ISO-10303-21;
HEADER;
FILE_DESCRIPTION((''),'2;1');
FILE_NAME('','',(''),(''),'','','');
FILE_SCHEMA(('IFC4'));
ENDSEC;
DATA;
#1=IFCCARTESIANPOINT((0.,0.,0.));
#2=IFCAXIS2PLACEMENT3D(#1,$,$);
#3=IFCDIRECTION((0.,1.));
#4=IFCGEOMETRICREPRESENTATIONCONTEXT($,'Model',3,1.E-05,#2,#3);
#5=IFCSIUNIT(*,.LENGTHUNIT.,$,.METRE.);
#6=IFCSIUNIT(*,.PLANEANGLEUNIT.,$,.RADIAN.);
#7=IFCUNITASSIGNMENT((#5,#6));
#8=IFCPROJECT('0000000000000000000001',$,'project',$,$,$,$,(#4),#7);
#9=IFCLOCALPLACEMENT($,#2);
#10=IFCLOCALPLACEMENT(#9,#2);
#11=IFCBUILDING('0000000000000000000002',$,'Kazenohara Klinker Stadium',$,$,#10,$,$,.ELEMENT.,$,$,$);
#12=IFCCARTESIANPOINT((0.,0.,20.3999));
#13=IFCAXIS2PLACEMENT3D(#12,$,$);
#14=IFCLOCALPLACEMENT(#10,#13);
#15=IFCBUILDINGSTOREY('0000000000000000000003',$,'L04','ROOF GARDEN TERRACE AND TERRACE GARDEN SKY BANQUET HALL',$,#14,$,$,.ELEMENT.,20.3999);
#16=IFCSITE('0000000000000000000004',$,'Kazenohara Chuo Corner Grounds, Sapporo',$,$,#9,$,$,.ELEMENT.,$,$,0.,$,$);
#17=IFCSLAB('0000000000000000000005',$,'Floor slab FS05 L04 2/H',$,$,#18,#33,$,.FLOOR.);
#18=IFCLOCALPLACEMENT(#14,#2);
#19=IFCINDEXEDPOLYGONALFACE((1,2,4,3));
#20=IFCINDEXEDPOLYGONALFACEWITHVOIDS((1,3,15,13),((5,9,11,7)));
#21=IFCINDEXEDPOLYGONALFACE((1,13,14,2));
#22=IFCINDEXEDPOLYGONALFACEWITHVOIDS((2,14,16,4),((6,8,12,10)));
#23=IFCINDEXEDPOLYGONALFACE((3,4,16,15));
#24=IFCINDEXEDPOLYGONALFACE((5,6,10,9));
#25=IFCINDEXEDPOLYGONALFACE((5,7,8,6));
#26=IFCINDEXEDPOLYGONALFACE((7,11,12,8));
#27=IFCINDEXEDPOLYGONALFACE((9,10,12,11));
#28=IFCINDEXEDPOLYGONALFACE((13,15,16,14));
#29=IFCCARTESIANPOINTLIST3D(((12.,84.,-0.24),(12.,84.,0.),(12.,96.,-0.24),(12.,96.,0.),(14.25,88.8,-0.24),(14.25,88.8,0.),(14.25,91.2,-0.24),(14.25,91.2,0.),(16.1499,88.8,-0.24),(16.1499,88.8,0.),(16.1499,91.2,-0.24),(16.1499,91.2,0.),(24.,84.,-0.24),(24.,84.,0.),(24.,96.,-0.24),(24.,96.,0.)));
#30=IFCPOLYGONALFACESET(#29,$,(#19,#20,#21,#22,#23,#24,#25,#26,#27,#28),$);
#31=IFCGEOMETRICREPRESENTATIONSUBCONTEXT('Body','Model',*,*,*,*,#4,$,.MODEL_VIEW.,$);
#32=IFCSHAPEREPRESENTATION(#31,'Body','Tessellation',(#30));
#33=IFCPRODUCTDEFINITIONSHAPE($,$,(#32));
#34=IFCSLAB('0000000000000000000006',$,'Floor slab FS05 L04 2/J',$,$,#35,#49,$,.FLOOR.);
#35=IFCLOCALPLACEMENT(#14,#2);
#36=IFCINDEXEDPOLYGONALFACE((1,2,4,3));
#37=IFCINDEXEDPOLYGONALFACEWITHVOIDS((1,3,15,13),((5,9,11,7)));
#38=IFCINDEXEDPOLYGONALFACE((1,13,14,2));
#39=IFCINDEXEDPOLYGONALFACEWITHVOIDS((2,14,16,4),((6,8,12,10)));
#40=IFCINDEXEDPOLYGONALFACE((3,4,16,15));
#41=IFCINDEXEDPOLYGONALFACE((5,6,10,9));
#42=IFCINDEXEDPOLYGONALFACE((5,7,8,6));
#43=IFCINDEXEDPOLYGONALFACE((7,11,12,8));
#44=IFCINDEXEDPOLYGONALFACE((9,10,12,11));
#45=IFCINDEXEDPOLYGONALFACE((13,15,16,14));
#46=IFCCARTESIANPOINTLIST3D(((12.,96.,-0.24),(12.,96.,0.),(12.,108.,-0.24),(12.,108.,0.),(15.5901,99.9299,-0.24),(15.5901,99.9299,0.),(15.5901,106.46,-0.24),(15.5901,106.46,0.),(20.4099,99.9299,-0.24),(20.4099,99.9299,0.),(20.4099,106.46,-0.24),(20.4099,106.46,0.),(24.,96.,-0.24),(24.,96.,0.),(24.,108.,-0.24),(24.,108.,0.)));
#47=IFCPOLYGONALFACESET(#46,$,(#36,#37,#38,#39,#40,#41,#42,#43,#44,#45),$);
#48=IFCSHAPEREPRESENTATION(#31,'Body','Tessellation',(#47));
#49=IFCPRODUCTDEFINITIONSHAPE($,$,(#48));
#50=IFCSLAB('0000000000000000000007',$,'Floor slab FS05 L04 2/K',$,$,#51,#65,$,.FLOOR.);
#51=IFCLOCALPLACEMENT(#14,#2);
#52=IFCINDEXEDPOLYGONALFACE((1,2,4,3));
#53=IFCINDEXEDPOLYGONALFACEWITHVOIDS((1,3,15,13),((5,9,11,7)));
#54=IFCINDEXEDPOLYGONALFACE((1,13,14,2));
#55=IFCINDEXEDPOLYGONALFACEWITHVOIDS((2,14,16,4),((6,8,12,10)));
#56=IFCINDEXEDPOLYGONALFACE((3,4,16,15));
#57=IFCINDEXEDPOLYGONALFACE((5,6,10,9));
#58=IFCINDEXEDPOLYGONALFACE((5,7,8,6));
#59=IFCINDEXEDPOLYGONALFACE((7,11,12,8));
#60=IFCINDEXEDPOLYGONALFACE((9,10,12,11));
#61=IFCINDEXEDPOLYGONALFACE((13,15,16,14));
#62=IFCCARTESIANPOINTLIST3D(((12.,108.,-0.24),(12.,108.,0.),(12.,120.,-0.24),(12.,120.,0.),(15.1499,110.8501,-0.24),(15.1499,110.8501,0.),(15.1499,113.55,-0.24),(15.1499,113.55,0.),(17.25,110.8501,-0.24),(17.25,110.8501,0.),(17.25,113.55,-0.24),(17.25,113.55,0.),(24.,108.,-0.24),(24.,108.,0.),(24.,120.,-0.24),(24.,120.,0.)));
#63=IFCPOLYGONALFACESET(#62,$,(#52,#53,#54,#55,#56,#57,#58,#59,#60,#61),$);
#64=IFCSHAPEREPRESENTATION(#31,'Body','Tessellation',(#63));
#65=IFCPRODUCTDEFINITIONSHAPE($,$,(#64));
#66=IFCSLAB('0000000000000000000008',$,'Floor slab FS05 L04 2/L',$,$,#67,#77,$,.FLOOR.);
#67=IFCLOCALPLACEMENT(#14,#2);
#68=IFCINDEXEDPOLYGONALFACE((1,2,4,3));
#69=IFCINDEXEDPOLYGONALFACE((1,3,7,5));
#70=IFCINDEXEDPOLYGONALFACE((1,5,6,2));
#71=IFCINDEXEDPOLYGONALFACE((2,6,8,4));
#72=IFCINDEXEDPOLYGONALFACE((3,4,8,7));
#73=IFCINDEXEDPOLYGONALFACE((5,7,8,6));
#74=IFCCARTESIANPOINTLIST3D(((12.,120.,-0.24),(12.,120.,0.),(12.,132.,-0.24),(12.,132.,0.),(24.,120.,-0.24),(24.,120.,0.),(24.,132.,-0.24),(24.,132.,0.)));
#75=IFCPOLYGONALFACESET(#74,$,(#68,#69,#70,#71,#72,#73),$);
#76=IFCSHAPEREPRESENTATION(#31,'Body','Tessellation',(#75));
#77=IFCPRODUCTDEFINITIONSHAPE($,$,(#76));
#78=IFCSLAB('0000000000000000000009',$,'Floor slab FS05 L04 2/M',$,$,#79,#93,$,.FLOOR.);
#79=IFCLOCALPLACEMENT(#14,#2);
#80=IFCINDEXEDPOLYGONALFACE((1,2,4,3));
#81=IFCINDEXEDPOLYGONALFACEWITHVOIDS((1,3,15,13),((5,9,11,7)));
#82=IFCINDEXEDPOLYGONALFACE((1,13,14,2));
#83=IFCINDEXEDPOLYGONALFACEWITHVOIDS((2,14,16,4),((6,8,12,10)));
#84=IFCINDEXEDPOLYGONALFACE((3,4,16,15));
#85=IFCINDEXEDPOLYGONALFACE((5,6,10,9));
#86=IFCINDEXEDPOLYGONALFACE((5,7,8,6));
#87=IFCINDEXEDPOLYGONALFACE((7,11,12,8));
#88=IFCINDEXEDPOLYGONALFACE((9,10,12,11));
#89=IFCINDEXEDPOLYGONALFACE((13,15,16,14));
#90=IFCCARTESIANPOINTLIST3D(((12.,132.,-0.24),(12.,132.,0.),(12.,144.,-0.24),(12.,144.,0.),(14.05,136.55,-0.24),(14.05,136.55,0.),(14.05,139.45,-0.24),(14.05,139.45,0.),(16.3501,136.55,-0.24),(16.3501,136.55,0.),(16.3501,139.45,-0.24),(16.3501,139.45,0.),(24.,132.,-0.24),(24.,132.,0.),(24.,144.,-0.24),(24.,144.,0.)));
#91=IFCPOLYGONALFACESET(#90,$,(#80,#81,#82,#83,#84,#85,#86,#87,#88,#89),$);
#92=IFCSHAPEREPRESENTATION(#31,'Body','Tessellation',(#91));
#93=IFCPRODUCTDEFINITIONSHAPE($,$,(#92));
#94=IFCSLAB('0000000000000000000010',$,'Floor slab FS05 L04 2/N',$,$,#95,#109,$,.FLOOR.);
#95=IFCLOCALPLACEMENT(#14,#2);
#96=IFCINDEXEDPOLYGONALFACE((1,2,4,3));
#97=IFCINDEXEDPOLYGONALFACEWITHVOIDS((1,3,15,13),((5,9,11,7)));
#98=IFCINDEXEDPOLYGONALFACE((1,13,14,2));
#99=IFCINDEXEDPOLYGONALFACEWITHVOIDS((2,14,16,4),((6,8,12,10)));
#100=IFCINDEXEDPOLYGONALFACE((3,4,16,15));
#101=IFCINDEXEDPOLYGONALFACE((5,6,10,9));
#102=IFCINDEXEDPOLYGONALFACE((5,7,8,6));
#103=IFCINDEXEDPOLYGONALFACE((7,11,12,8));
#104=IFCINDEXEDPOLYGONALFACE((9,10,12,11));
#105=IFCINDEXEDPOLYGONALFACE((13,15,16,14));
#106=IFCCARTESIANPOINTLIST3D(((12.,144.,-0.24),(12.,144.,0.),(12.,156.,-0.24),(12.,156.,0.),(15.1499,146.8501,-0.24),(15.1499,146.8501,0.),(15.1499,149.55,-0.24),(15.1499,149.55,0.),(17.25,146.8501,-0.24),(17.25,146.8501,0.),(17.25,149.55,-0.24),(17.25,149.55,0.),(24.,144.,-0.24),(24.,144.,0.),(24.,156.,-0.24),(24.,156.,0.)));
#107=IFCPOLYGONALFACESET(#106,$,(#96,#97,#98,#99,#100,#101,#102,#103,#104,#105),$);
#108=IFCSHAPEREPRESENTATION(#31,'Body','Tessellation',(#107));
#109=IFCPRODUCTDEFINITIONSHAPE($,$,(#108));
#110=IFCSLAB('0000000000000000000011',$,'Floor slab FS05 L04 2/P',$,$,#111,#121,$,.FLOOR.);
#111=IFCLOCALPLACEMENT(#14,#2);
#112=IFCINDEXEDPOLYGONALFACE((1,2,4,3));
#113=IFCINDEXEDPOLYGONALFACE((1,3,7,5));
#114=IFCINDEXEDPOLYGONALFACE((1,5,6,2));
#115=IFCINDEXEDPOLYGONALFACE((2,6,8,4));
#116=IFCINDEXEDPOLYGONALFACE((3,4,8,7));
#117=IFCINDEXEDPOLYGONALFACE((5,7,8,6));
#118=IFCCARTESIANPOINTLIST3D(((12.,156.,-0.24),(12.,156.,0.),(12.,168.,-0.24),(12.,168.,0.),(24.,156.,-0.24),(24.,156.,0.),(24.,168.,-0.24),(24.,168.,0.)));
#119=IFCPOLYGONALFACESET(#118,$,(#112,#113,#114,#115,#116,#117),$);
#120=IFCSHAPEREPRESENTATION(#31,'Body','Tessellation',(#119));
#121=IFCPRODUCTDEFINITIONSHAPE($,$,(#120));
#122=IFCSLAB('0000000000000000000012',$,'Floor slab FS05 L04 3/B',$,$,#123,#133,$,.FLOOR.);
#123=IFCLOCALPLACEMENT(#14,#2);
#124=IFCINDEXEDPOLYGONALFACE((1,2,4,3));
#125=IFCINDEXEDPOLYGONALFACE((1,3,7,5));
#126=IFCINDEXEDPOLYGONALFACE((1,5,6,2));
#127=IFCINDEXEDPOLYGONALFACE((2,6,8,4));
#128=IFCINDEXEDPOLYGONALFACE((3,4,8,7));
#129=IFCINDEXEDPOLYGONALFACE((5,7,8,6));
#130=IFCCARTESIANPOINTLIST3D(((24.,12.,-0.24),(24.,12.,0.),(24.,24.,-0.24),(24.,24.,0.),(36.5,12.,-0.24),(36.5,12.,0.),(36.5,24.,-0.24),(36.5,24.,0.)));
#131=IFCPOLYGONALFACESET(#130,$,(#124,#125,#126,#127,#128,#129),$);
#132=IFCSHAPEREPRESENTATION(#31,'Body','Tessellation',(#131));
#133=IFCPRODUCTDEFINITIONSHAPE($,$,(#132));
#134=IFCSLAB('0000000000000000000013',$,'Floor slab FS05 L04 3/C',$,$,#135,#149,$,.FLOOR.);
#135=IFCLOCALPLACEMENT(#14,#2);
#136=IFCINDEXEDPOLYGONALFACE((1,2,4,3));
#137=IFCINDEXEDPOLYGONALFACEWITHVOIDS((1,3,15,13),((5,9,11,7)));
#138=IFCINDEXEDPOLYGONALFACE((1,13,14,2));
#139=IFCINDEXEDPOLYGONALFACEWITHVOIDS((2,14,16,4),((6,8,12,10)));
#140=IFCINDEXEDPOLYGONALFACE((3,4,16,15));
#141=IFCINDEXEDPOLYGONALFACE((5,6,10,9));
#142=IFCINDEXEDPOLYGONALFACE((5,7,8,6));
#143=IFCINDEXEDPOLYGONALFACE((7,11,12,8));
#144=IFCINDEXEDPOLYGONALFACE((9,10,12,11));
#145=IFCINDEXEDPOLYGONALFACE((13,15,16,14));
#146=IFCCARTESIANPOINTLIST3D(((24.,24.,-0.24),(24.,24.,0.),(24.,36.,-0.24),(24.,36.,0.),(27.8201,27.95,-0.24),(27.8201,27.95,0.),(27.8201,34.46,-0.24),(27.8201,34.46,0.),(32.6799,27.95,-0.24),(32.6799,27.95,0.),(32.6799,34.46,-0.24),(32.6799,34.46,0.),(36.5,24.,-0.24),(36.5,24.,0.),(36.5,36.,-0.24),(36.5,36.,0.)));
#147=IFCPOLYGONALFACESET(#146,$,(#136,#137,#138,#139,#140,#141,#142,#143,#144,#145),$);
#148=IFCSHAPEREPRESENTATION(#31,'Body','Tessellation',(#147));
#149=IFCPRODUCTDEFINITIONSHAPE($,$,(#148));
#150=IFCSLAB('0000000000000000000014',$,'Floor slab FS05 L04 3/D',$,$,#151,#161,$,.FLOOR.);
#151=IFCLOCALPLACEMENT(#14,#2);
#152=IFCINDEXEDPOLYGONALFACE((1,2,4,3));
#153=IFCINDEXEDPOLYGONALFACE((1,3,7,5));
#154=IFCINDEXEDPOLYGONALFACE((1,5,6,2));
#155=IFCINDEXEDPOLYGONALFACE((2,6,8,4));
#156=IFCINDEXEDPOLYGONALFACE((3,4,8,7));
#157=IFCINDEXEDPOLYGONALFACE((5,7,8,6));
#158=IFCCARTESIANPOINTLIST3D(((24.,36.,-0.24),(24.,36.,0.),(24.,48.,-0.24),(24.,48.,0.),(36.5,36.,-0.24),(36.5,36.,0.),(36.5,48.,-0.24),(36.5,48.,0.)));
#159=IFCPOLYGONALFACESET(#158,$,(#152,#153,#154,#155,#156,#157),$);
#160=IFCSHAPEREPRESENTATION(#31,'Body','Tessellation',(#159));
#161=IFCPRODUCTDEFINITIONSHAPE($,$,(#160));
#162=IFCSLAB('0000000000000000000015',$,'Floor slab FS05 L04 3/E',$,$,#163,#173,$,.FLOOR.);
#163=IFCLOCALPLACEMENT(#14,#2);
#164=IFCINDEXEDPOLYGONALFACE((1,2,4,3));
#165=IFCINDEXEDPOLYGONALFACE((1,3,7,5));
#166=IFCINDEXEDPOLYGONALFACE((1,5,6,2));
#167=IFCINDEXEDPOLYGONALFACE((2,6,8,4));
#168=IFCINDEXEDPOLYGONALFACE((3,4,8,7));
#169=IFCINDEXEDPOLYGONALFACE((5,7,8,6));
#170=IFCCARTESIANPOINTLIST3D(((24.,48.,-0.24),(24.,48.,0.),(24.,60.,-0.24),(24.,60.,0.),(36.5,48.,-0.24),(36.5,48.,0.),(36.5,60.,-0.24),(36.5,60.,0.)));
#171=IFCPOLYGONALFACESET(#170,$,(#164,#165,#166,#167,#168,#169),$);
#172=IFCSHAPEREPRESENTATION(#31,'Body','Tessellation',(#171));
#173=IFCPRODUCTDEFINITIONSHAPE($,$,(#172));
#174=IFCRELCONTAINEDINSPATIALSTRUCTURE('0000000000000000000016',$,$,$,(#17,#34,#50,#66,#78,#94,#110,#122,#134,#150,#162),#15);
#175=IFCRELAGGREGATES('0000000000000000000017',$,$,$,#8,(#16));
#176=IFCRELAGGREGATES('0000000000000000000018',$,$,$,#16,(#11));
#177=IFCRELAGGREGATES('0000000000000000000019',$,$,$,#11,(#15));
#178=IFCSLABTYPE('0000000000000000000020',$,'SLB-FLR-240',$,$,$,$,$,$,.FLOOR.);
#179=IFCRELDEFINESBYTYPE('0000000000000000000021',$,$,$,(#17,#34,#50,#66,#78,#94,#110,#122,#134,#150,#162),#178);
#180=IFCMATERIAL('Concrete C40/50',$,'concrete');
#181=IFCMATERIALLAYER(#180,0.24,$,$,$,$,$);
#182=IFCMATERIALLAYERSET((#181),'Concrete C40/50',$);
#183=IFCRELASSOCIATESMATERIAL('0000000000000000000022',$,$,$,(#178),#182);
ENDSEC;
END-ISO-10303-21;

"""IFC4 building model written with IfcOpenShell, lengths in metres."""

from ifc_helpers import new_model, si_unit, direction, frame, origin, place, context, subcontext, project, spatial, polyline, outline, extrude, material, layer, layer_set, type_object, element, save


model = new_model("IFC4")

# Units and contexts
model_context = context("Model", 3, precision=1e-05, world=origin(), true_north=direction((0.0, 1.0)))
body_context = subcontext(model_context, "Body", "Model", "MODEL_VIEW")
ifc_project = project(units=[si_unit("LENGTHUNIT", "METRE"), si_unit("PLANEANGLEUNIT", "RADIAN")], contexts=[model_context])

# Site, building, storey
site_placement = place(None, origin())
site = spatial("IfcSite", under=ifc_project, at=site_placement, Name="Kazenohara Chuo Corner Grounds, Sapporo", CompositionType="ELEMENT", RefElevation=0.0)
building_placement = place(site_placement, origin())
building = spatial("IfcBuilding", under=site, at=building_placement, Name="Kazenohara Klinker Stadium", CompositionType="ELEMENT")
storey_placement = place(building_placement, frame((0.0, 0.0, 20.3999)))
storey = spatial("IfcBuildingStorey", under=building, at=storey_placement, Name="L04", Description="ROOF GARDEN TERRACE AND TERRACE GARDEN SKY BANQUET HALL", CompositionType="ELEMENT", Elevation=20.3999)

# Slabs
ifc_material = material(Name="Concrete C40/50", Category="concrete")
ifc_layer = layer(ifc_material, 0.24)
ifc_layer_set = layer_set([ifc_layer], Name="Concrete C40/50")
slab_type = type_object("IfcSlabType", Name="SLB-FLR-240", PredefinedType="FLOOR", material=ifc_layer_set)
slab_1_placement = place(storey_placement, frame((0.0, 0.0, -0.24)))
element("IfcSlab", 1, at=slab_1_placement, inside=storey, type_object=slab_type, Name="Floor slab FS05 L04 2/H", PredefinedType="FLOOR", context=body_context, shape_type="SweptSolid", body=[
    extrude(outline(polyline([(12.0, 84.0), (24.0, 84.0), (24.0, 96.0), (12.0, 96.0), (12.0, 84.0)]), holes=[polyline([(14.25, 88.8), (16.1499, 88.8), (16.1499, 91.2), (14.25, 91.2), (14.25, 88.8)])]), origin(), (0.0, 0.0, 1.0), 0.24),
])
slab_2_placement = place(storey_placement, frame((0.0, 0.0, -0.24)))
element("IfcSlab", 2, at=slab_2_placement, inside=storey, type_object=slab_type, Name="Floor slab FS05 L04 2/J", PredefinedType="FLOOR", context=body_context, shape_type="SweptSolid", body=[
    extrude(outline(polyline([(12.0, 96.0), (24.0, 96.0), (24.0, 108.0), (12.0, 108.0), (12.0, 96.0)]), holes=[polyline([(20.4099, 99.9299), (20.4099, 106.46), (15.5901, 106.46), (15.5901, 99.9299), (20.4099, 99.9299)])]), origin(), (0.0, 0.0, 1.0), 0.24),
])
slab_3_placement = place(storey_placement, frame((0.0, 0.0, -0.24)))
element("IfcSlab", 3, at=slab_3_placement, inside=storey, type_object=slab_type, Name="Floor slab FS05 L04 2/K", PredefinedType="FLOOR", context=body_context, shape_type="SweptSolid", body=[
    extrude(outline(polyline([(12.0, 108.0), (24.0, 108.0), (24.0, 120.0), (12.0, 120.0), (12.0, 108.0)]), holes=[polyline([(15.1499, 110.8501), (17.25, 110.8501), (17.25, 113.55), (15.1499, 113.55), (15.1499, 110.8501)])]), origin(), (0.0, 0.0, 1.0), 0.24),
])
slab_4_placement = place(storey_placement, frame((0.0, 0.0, -0.24)))
element("IfcSlab", 4, at=slab_4_placement, inside=storey, type_object=slab_type, Name="Floor slab FS05 L04 2/L", PredefinedType="FLOOR", context=body_context, shape_type="SweptSolid", body=[
    extrude(outline(polyline([(12.0, 120.0), (24.0, 120.0), (24.0, 132.0), (12.0, 132.0), (12.0, 120.0)])), origin(), (0.0, 0.0, 1.0), 0.24),
])
slab_5_placement = place(storey_placement, frame((0.0, 0.0, -0.24)))
element("IfcSlab", 5, at=slab_5_placement, inside=storey, type_object=slab_type, Name="Floor slab FS05 L04 2/M", PredefinedType="FLOOR", context=body_context, shape_type="SweptSolid", body=[
    extrude(outline(polyline([(12.0, 132.0), (24.0, 132.0), (24.0, 144.0), (12.0, 144.0), (12.0, 132.0)]), holes=[polyline([(14.05, 136.55), (16.3501, 136.55), (16.3501, 139.45), (14.05, 139.45), (14.05, 136.55)])]), origin(), (0.0, 0.0, 1.0), 0.24),
])
slab_6_placement = place(storey_placement, frame((0.0, 0.0, -0.24)))
element("IfcSlab", 6, at=slab_6_placement, inside=storey, type_object=slab_type, Name="Floor slab FS05 L04 2/N", PredefinedType="FLOOR", context=body_context, shape_type="SweptSolid", body=[
    extrude(outline(polyline([(12.0, 144.0), (24.0, 144.0), (24.0, 156.0), (12.0, 156.0), (12.0, 144.0)]), holes=[polyline([(15.1499, 146.8501), (17.25, 146.8501), (17.25, 149.55), (15.1499, 149.55), (15.1499, 146.8501)])]), origin(), (0.0, 0.0, 1.0), 0.24),
])
slab_7_placement = place(storey_placement, frame((0.0, 0.0, -0.24)))
element("IfcSlab", 7, at=slab_7_placement, inside=storey, type_object=slab_type, Name="Floor slab FS05 L04 2/P", PredefinedType="FLOOR", context=body_context, shape_type="SweptSolid", body=[
    extrude(outline(polyline([(12.0, 156.0), (24.0, 156.0), (24.0, 168.0), (12.0, 168.0), (12.0, 156.0)])), origin(), (0.0, 0.0, 1.0), 0.24),
])
slab_8_placement = place(storey_placement, frame((0.0, 0.0, -0.24)))
element("IfcSlab", 8, at=slab_8_placement, inside=storey, type_object=slab_type, Name="Floor slab FS05 L04 3/B", PredefinedType="FLOOR", context=body_context, shape_type="SweptSolid", body=[
    extrude(outline(polyline([(24.0, 12.0), (36.5, 12.0), (36.5, 24.0), (24.0, 24.0), (24.0, 12.0)])), origin(), (0.0, 0.0, 1.0), 0.24),
])
slab_9_placement = place(storey_placement, frame((0.0, 0.0, -0.24)))
element("IfcSlab", 9, at=slab_9_placement, inside=storey, type_object=slab_type, Name="Floor slab FS05 L04 3/C", PredefinedType="FLOOR", context=body_context, shape_type="SweptSolid", body=[
    extrude(outline(polyline([(24.0, 24.0), (36.5, 24.0), (36.5, 36.0), (24.0, 36.0), (24.0, 24.0)]), holes=[polyline([(32.6799, 27.95), (32.6799, 34.46), (27.8201, 34.46), (27.8201, 27.95), (32.6799, 27.95)])]), origin(), (0.0, 0.0, 1.0), 0.24),
])
slab_10_placement = place(storey_placement, frame((0.0, 0.0, -0.24)))
element("IfcSlab", 10, at=slab_10_placement, inside=storey, type_object=slab_type, Name="Floor slab FS05 L04 3/D", PredefinedType="FLOOR", context=body_context, shape_type="SweptSolid", body=[
    extrude(outline(polyline([(24.0, 36.0), (36.5, 36.0), (36.5, 48.0), (24.0, 48.0), (24.0, 36.0)])), origin(), (0.0, 0.0, 1.0), 0.24),
])
slab_11_placement = place(storey_placement, frame((0.0, 0.0, -0.24)))
element("IfcSlab", 11, at=slab_11_placement, inside=storey, type_object=slab_type, Name="Floor slab FS05 L04 3/E", PredefinedType="FLOOR", context=body_context, shape_type="SweptSolid", body=[
    extrude(outline(polyline([(24.0, 48.0), (36.5, 48.0), (36.5, 60.0), (24.0, 60.0), (24.0, 48.0)])), origin(), (0.0, 0.0, 1.0), 0.24),
])

save(model, "model.ifc")
